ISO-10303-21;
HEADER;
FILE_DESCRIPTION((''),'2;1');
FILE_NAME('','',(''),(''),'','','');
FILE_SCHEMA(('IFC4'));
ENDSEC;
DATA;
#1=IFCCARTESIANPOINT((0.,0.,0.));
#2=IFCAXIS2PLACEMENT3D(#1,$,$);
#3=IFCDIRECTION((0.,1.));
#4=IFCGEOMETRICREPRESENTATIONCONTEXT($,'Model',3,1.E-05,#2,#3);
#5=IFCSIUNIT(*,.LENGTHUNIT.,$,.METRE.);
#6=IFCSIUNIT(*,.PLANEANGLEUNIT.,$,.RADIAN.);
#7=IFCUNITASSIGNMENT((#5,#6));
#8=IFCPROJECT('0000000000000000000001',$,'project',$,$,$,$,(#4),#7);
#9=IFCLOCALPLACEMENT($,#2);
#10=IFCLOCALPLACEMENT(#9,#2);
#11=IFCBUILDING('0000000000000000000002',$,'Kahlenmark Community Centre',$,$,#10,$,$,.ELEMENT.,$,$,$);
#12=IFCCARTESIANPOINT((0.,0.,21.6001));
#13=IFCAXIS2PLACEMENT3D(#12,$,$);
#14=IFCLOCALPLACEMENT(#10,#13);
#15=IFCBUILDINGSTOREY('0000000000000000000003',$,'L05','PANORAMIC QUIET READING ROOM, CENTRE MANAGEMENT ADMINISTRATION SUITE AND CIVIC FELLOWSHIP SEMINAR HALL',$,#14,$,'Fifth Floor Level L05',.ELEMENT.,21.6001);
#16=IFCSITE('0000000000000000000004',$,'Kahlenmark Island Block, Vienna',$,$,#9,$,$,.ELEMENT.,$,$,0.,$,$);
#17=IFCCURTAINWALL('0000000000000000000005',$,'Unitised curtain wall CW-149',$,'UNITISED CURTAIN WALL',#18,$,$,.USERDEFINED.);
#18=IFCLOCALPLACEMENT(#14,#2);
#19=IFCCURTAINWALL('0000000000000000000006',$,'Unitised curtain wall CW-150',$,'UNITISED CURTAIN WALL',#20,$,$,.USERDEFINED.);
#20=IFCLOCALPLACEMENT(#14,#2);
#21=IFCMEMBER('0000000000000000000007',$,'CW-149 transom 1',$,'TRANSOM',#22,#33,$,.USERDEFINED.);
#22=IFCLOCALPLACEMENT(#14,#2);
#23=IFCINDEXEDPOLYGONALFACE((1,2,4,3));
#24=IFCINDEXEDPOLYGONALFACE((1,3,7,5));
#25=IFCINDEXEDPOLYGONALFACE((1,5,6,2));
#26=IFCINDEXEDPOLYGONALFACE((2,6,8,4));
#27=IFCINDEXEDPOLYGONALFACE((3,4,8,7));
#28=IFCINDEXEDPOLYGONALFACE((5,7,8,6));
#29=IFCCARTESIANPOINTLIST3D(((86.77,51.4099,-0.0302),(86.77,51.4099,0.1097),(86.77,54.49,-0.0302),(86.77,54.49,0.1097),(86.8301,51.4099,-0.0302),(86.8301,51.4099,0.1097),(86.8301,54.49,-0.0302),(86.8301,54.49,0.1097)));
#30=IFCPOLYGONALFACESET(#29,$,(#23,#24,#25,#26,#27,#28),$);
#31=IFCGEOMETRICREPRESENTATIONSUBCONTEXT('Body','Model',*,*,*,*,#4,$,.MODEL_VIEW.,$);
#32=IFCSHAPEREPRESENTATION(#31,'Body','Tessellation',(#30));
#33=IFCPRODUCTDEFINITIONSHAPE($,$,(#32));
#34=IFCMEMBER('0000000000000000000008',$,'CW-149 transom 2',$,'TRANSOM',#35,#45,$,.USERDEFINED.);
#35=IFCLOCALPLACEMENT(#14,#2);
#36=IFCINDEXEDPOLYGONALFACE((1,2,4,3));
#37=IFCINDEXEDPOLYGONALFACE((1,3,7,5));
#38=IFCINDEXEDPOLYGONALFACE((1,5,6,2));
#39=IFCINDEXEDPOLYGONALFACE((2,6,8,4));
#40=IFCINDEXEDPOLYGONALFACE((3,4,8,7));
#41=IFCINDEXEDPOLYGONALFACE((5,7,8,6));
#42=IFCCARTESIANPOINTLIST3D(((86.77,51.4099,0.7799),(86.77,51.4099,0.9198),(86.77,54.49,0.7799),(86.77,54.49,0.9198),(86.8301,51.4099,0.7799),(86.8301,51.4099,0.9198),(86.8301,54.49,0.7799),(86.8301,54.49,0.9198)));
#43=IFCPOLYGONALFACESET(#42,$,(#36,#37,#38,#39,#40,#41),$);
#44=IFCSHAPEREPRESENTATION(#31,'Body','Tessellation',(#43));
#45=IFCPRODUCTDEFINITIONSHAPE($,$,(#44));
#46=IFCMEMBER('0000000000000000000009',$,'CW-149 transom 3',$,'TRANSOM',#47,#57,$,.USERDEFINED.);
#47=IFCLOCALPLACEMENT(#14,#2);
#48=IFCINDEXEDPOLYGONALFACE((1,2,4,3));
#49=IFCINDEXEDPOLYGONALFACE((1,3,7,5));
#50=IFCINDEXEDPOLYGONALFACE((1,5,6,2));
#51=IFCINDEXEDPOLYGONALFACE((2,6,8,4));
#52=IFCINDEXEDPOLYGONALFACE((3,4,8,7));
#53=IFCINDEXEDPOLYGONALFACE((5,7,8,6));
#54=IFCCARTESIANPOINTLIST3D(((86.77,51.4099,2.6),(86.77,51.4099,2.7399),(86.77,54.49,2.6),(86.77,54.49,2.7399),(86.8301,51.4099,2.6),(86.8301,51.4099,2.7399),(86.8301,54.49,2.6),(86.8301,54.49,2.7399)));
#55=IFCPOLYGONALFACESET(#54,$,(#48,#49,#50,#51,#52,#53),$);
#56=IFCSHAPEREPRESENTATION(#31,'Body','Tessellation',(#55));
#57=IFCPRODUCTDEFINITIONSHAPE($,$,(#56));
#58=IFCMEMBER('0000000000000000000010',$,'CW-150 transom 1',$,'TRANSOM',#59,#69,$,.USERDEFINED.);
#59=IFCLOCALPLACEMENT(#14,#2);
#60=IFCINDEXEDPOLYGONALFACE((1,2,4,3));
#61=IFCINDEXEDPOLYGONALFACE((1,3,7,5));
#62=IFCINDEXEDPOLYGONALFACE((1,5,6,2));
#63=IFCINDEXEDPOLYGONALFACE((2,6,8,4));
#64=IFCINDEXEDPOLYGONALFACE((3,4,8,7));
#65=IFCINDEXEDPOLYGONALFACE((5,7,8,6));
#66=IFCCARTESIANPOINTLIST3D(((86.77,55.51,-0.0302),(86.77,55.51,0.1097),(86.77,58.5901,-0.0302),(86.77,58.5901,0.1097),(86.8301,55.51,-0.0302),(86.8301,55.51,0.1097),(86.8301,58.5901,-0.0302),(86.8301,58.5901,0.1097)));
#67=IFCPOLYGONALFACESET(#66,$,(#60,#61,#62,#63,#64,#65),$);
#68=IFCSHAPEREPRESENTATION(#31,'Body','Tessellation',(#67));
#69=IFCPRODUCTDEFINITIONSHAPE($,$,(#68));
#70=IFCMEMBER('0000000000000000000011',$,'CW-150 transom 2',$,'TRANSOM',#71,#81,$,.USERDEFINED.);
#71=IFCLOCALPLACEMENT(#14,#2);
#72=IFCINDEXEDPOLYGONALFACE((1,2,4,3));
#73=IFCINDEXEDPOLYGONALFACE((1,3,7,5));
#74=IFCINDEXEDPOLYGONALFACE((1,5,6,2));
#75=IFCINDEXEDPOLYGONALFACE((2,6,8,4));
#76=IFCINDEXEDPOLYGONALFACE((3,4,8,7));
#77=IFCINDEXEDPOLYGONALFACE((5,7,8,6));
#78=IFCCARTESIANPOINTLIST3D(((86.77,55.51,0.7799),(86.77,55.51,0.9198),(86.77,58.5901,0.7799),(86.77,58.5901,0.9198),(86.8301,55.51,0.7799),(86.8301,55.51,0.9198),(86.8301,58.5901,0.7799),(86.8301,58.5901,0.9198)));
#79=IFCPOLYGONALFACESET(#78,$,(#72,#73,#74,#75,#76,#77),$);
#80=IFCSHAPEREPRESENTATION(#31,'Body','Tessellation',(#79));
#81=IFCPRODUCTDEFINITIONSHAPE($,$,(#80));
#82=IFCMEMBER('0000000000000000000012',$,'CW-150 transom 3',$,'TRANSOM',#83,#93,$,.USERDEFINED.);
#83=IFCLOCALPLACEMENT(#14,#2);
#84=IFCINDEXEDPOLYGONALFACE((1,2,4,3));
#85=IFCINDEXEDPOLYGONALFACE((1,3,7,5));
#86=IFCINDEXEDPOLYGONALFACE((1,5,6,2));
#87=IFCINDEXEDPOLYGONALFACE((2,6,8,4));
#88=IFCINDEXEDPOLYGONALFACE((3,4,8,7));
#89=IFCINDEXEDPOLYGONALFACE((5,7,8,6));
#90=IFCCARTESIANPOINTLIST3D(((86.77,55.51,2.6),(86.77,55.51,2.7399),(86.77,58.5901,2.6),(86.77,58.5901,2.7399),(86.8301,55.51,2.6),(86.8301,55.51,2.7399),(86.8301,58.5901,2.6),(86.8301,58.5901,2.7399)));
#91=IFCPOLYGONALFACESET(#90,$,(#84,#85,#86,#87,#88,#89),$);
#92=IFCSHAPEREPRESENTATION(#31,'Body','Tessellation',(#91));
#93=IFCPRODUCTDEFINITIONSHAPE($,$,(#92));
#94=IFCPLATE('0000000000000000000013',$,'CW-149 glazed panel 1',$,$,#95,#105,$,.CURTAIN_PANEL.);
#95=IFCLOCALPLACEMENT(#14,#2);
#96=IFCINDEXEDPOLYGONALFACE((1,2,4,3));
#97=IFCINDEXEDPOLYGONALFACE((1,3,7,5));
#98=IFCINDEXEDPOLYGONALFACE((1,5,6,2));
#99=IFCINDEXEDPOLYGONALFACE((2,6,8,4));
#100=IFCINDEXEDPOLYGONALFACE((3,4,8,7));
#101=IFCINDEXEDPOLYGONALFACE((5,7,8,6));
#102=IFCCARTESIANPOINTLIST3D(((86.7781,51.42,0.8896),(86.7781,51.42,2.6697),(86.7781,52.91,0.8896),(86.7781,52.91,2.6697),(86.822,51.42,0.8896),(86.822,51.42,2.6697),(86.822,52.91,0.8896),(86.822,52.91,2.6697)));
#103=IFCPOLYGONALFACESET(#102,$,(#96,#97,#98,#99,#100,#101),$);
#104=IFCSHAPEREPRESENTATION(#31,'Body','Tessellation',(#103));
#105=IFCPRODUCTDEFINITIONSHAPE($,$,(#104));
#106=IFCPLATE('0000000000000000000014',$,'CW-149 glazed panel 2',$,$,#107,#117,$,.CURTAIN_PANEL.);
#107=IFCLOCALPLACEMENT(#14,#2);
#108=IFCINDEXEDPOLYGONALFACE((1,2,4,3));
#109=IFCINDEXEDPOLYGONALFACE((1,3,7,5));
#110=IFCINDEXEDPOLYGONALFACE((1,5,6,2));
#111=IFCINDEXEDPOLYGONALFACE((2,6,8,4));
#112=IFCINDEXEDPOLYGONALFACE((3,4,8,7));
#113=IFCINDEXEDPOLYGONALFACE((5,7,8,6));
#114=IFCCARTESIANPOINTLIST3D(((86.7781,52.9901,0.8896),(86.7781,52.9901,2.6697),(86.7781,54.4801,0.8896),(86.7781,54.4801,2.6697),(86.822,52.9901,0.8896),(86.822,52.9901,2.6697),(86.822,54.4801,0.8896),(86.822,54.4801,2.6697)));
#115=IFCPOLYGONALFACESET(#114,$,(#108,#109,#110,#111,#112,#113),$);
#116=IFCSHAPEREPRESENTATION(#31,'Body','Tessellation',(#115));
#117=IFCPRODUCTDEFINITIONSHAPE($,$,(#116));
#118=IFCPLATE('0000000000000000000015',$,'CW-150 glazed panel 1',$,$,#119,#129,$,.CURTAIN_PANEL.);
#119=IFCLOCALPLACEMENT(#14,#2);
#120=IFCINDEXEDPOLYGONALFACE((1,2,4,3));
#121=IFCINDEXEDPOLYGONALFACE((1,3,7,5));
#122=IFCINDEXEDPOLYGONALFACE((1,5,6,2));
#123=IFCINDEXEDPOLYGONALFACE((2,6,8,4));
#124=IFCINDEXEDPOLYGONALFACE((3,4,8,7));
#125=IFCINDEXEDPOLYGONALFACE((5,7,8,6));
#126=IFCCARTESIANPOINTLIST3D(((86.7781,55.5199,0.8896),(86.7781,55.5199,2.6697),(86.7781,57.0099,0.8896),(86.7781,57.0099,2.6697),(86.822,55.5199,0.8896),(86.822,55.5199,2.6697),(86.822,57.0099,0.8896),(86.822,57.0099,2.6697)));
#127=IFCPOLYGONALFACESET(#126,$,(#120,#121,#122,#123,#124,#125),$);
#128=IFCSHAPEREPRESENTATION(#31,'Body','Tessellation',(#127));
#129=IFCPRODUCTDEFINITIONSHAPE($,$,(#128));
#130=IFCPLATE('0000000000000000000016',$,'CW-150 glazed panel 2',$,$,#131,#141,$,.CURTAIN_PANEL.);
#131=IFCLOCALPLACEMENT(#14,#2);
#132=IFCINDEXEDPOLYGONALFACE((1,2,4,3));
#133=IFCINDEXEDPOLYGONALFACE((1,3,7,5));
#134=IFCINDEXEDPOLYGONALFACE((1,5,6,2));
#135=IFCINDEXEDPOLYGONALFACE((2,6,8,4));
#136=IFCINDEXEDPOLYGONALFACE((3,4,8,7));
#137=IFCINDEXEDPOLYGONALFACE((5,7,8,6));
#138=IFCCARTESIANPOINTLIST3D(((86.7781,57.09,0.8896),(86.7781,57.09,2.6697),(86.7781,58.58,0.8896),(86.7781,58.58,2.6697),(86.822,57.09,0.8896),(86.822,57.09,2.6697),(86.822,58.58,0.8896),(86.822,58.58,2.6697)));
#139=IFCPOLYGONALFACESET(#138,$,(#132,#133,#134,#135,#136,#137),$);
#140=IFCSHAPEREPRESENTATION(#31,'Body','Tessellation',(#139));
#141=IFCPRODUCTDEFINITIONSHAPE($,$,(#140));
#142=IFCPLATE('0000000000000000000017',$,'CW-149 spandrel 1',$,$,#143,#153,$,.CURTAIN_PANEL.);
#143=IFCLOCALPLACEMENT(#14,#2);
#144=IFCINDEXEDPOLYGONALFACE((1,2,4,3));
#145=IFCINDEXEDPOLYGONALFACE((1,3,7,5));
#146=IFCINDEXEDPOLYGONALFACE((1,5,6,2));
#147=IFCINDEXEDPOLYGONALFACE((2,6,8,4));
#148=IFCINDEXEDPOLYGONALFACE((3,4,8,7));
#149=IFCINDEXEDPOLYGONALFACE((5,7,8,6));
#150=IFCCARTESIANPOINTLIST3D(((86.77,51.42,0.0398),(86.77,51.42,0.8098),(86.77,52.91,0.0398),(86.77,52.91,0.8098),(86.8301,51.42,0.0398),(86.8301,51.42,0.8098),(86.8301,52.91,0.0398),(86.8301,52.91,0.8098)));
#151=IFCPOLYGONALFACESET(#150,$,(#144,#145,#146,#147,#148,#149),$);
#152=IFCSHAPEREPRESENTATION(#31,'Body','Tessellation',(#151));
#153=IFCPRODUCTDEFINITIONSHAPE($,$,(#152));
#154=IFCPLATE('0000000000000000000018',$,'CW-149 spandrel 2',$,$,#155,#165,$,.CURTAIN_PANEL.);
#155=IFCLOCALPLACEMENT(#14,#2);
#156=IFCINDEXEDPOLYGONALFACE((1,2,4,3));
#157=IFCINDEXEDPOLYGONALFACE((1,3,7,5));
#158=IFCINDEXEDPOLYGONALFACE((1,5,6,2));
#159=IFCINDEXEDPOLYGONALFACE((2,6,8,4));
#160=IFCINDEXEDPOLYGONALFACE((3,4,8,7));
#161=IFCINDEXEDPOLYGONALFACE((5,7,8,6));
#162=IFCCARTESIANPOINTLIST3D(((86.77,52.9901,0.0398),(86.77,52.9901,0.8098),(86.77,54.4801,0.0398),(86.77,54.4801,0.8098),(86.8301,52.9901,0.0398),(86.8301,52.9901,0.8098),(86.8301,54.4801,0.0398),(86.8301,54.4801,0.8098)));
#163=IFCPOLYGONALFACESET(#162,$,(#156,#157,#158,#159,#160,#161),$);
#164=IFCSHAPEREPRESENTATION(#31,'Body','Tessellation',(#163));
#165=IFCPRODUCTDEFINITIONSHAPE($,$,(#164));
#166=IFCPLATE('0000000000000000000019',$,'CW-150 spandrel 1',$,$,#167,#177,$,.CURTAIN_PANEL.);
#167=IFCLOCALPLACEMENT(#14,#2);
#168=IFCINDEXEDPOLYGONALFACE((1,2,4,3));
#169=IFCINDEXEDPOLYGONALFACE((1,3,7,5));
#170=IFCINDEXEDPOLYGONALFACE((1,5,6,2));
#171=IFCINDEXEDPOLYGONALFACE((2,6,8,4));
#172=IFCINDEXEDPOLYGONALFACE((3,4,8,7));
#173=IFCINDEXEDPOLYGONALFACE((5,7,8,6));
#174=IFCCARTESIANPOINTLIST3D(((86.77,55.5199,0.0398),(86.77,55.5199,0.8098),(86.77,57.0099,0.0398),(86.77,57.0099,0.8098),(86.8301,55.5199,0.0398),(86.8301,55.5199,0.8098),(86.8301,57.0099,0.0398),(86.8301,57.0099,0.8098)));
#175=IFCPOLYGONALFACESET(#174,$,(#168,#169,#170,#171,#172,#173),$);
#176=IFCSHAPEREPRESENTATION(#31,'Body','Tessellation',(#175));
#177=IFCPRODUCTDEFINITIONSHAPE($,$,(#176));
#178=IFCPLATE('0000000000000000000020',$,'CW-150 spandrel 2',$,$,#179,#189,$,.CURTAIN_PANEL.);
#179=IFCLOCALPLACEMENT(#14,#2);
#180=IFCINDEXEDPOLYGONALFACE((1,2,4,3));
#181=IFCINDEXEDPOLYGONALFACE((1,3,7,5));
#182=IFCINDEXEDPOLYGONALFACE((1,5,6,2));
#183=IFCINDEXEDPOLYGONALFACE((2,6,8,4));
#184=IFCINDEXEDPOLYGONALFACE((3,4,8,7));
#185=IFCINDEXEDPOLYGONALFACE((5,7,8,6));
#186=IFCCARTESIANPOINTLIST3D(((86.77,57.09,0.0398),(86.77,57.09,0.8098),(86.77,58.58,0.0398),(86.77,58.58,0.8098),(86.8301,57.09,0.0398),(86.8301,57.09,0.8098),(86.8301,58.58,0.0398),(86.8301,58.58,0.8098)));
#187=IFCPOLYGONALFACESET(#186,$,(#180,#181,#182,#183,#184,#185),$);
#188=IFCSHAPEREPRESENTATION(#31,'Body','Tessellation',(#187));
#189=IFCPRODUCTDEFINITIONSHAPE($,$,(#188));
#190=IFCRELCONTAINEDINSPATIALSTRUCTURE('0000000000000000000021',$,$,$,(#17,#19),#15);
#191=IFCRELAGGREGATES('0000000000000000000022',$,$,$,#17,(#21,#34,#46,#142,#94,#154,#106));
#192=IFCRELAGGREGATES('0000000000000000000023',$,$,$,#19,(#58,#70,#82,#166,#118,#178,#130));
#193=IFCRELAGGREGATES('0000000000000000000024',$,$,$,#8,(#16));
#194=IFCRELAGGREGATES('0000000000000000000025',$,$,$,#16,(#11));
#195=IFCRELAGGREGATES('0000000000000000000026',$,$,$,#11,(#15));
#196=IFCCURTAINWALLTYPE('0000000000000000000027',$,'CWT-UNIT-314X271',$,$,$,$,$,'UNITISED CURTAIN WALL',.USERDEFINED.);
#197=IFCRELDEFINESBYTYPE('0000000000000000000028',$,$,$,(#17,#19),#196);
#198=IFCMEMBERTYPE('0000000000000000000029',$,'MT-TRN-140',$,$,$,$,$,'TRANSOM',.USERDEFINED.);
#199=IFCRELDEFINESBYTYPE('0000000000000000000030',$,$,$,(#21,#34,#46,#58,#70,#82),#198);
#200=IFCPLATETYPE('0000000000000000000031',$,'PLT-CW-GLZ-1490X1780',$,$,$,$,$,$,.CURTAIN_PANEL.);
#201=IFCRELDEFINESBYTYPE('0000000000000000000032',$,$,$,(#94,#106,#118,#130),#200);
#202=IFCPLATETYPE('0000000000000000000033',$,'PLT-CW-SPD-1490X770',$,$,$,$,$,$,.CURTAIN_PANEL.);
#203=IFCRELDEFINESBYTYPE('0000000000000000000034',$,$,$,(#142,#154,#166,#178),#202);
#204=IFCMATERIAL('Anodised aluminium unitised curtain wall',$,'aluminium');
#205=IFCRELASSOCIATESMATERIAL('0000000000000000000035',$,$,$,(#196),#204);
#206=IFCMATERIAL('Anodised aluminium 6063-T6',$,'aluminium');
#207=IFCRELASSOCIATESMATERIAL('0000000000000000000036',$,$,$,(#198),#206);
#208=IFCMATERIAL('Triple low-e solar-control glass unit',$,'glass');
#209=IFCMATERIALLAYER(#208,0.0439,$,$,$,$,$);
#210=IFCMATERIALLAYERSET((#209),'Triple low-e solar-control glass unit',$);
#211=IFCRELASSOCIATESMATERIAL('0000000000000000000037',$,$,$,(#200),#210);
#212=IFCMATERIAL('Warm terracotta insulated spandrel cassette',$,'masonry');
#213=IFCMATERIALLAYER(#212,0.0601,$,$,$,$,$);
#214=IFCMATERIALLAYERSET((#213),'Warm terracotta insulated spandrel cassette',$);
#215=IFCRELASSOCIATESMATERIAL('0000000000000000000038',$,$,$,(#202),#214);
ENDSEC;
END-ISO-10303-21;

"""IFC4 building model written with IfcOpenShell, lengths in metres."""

from ifc_helpers import new_model, si_unit, direction, frame, origin, origin_2d, place, context, subcontext, project, spatial, rectangle, extrude, material, layer, layer_set, material_profile, profile_set, type_object, element, aggregate, save


model = new_model("IFC4")

# Units and contexts
model_context = context("Model", 3, precision=1e-05, world=origin(), true_north=direction((0.0, 1.0)))
body_context = subcontext(model_context, "Body", "Model", "MODEL_VIEW")
ifc_project = project(units=[si_unit("LENGTHUNIT", "METRE"), si_unit("PLANEANGLEUNIT", "RADIAN")], contexts=[model_context])

# Site, building, storey
site_placement = place(None, origin())
site = spatial("IfcSite", under=ifc_project, at=site_placement, Name="Kahlenmark Island Block, Vienna", CompositionType="ELEMENT", RefElevation=0.0)
building_placement = place(site_placement, origin())
building = spatial("IfcBuilding", under=site, at=building_placement, Name="Kahlenmark Community Centre", CompositionType="ELEMENT")
storey_placement = place(building_placement, frame((0.0, 0.0, 21.6001)))
storey = spatial("IfcBuildingStorey", under=building, at=storey_placement, Name="L05", Description="PANORAMIC QUIET READING ROOM, CENTRE MANAGEMENT ADMINISTRATION SUITE AND CIVIC FELLOWSHIP SEMINAR HALL", LongName="Fifth Floor Level L05", CompositionType="ELEMENT", Elevation=21.6001)

# Curtain walls
ifc_material_1 = material(Name="Anodised aluminium unitised curtain wall", Category="aluminium")
curtain_wall_type = type_object("IfcCurtainWallType", Name="CWT-UNIT-314X271", ElementType="UNITISED CURTAIN WALL", PredefinedType="USERDEFINED", material=ifc_material_1)
curtain_wall_1_placement = place(storey_placement, origin())
curtain_wall_1 = element("IfcCurtainWall", 1, at=curtain_wall_1_placement, inside=storey, type_object=curtain_wall_type, Name="Unitised curtain wall CW-149", ObjectType="UNITISED CURTAIN WALL", PredefinedType="USERDEFINED")
ifc_material_2 = material(Name="Anodised aluminium 6063-T6", Category="aluminium")
curtain_wall_2_placement = place(storey_placement, origin())
curtain_wall_2 = element("IfcCurtainWall", 2, at=curtain_wall_2_placement, inside=storey, type_object=curtain_wall_type, Name="Unitised curtain wall CW-150", ObjectType="UNITISED CURTAIN WALL", PredefinedType="USERDEFINED")

# Members
ifc_material_profile_1 = material_profile(ifc_material_2, rectangle(XDim=0.0601, YDim=0.1399, at=origin_2d()), Name="ALU TRANSOM 60x140")
ifc_profile_set_1 = profile_set([ifc_material_profile_1], Name="Anodised aluminium 6063-T6")
member_type_1 = type_object("IfcMemberType", Name="MT-TRN-140", ElementType="TRANSOM", PredefinedType="USERDEFINED", material=ifc_profile_set_1)
member_1_placement = place(storey_placement, frame((86.8, 51.4099, 0.0398), z_axis=(0.0, 1.0, 0.0), x_axis=(-1.0, 0.0, 0.0)))
member_1 = element("IfcMember", 3, at=member_1_placement, type_object=member_type_1, Name="CW-149 transom 1", ObjectType="TRANSOM", PredefinedType="USERDEFINED", context=body_context, shape_type="SweptSolid", body=[
    extrude(rectangle(XDim=0.0601, YDim=0.1399, at=origin_2d()), origin(), (0.0, 0.0, 1.0), 3.0801),
])
member_2_placement = place(storey_placement, frame((86.8, 51.4099, 0.8499), z_axis=(0.0, 1.0, 0.0), x_axis=(-1.0, 0.0, 0.0)))
member_2 = element("IfcMember", 4, at=member_2_placement, type_object=member_type_1, Name="CW-149 transom 2", ObjectType="TRANSOM", PredefinedType="USERDEFINED", context=body_context, shape_type="SweptSolid", body=[
    extrude(rectangle(XDim=0.0601, YDim=0.1399, at=origin_2d()), origin(), (0.0, 0.0, 1.0), 3.0801),
])
member_3_placement = place(storey_placement, frame((86.8, 51.4099, 2.6699), z_axis=(0.0, 1.0, 0.0), x_axis=(-1.0, 0.0, 0.0)))
member_3 = element("IfcMember", 5, at=member_3_placement, type_object=member_type_1, Name="CW-149 transom 3", ObjectType="TRANSOM", PredefinedType="USERDEFINED", context=body_context, shape_type="SweptSolid", body=[
    extrude(rectangle(XDim=0.0601, YDim=0.1399, at=origin_2d()), origin(), (0.0, 0.0, 1.0), 3.0801),
])
member_4_placement = place(storey_placement, frame((86.8, 55.51, 0.0398), z_axis=(0.0, 1.0, 0.0), x_axis=(-1.0, 0.0, 0.0)))
member_4 = element("IfcMember", 6, at=member_4_placement, type_object=member_type_1, Name="CW-150 transom 1", ObjectType="TRANSOM", PredefinedType="USERDEFINED", context=body_context, shape_type="SweptSolid", body=[
    extrude(rectangle(XDim=0.0601, YDim=0.1399, at=origin_2d()), origin(), (0.0, 0.0, 1.0), 3.0801),
])
member_5_placement = place(storey_placement, frame((86.8, 55.51, 0.8499), z_axis=(0.0, 1.0, 0.0), x_axis=(-1.0, 0.0, 0.0)))
member_5 = element("IfcMember", 7, at=member_5_placement, type_object=member_type_1, Name="CW-150 transom 2", ObjectType="TRANSOM", PredefinedType="USERDEFINED", context=body_context, shape_type="SweptSolid", body=[
    extrude(rectangle(XDim=0.0601, YDim=0.1399, at=origin_2d()), origin(), (0.0, 0.0, 1.0), 3.0801),
])
member_6_placement = place(storey_placement, frame((86.8, 55.51, 2.6699), z_axis=(0.0, 1.0, 0.0), x_axis=(-1.0, 0.0, 0.0)))
member_6 = element("IfcMember", 8, at=member_6_placement, type_object=member_type_1, Name="CW-150 transom 3", ObjectType="TRANSOM", PredefinedType="USERDEFINED", context=body_context, shape_type="SweptSolid", body=[
    extrude(rectangle(XDim=0.0601, YDim=0.1399, at=origin_2d()), origin(), (0.0, 0.0, 1.0), 3.0801),
])

# Plates
ifc_material_3 = material(Name="Triple low-e solar-control glass unit", Category="glass")
ifc_layer_1 = layer(ifc_material_3, 0.0439)
ifc_layer_set_1 = layer_set([ifc_layer_1], Name="Triple low-e solar-control glass unit")
plate_type_1 = type_object("IfcPlateType", Name="PLT-CW-GLZ-1490X1780", PredefinedType="CURTAIN_PANEL", material=ifc_layer_set_1)
plate_1_placement = place(storey_placement, frame((86.8, 52.165, 0.8896), z_axis=(0.0, 0.0, 1.0), x_axis=(0.0, 1.0, 0.0)))
plate_1 = element("IfcPlate", 9, at=plate_1_placement, type_object=plate_type_1, Name="CW-149 glazed panel 1", PredefinedType="CURTAIN_PANEL", context=body_context, shape_type="SweptSolid", body=[
    extrude(rectangle(XDim=1.49, YDim=0.0439, at=origin_2d()), origin(), (0.0, 0.0, 1.0), 1.78),
])
plate_2_placement = place(storey_placement, frame((86.8, 53.7351, 0.8896), z_axis=(0.0, 0.0, 1.0), x_axis=(0.0, 1.0, 0.0)))
plate_2 = element("IfcPlate", 10, at=plate_2_placement, type_object=plate_type_1, Name="CW-149 glazed panel 2", PredefinedType="CURTAIN_PANEL", context=body_context, shape_type="SweptSolid", body=[
    extrude(rectangle(XDim=1.49, YDim=0.0439, at=origin_2d()), origin(), (0.0, 0.0, 1.0), 1.78),
])
plate_3_placement = place(storey_placement, frame((86.8, 56.2649, 0.8896), z_axis=(0.0, 0.0, 1.0), x_axis=(0.0, 1.0, 0.0)))
plate_3 = element("IfcPlate", 11, at=plate_3_placement, type_object=plate_type_1, Name="CW-150 glazed panel 1", PredefinedType="CURTAIN_PANEL", context=body_context, shape_type="SweptSolid", body=[
    extrude(rectangle(XDim=1.49, YDim=0.0439, at=origin_2d()), origin(), (0.0, 0.0, 1.0), 1.78),
])
plate_4_placement = place(storey_placement, frame((86.8, 57.835, 0.8896), z_axis=(0.0, 0.0, 1.0), x_axis=(0.0, 1.0, 0.0)))
plate_4 = element("IfcPlate", 12, at=plate_4_placement, type_object=plate_type_1, Name="CW-150 glazed panel 2", PredefinedType="CURTAIN_PANEL", context=body_context, shape_type="SweptSolid", body=[
    extrude(rectangle(XDim=1.49, YDim=0.0439, at=origin_2d()), origin(), (0.0, 0.0, 1.0), 1.78),
])
ifc_material_4 = material(Name="Warm terracotta insulated spandrel cassette", Category="masonry")
ifc_layer_2 = layer(ifc_material_4, 0.0601)
ifc_layer_set_2 = layer_set([ifc_layer_2], Name="Warm terracotta insulated spandrel cassette")
plate_type_2 = type_object("IfcPlateType", Name="PLT-CW-SPD-1490X770", PredefinedType="CURTAIN_PANEL", material=ifc_layer_set_2)
plate_5_placement = place(storey_placement, frame((86.8, 52.165, 0.0398), z_axis=(0.0, 0.0, 1.0), x_axis=(0.0, 1.0, 0.0)))
plate_5 = element("IfcPlate", 13, at=plate_5_placement, type_object=plate_type_2, Name="CW-149 spandrel 1", PredefinedType="CURTAIN_PANEL", context=body_context, shape_type="SweptSolid", body=[
    extrude(rectangle(XDim=1.49, YDim=0.0601, at=origin_2d()), origin(), (0.0, 0.0, 1.0), 0.77),
])
plate_6_placement = place(storey_placement, frame((86.8, 53.7351, 0.0398), z_axis=(0.0, 0.0, 1.0), x_axis=(0.0, 1.0, 0.0)))
plate_6 = element("IfcPlate", 14, at=plate_6_placement, type_object=plate_type_2, Name="CW-149 spandrel 2", PredefinedType="CURTAIN_PANEL", context=body_context, shape_type="SweptSolid", body=[
    extrude(rectangle(XDim=1.49, YDim=0.0601, at=origin_2d()), origin(), (0.0, 0.0, 1.0), 0.77),
])
aggregate(curtain_wall_1, [member_1, member_2, member_3, plate_5, plate_1, plate_6, plate_2])
plate_7_placement = place(storey_placement, frame((86.8, 56.2649, 0.0398), z_axis=(0.0, 0.0, 1.0), x_axis=(0.0, 1.0, 0.0)))
plate_7 = element("IfcPlate", 15, at=plate_7_placement, type_object=plate_type_2, Name="CW-150 spandrel 1", PredefinedType="CURTAIN_PANEL", context=body_context, shape_type="SweptSolid", body=[
    extrude(rectangle(XDim=1.49, YDim=0.0601, at=origin_2d()), origin(), (0.0, 0.0, 1.0), 0.77),
])
plate_8_placement = place(storey_placement, frame((86.8, 57.835, 0.0398), z_axis=(0.0, 0.0, 1.0), x_axis=(0.0, 1.0, 0.0)))
plate_8 = element("IfcPlate", 16, at=plate_8_placement, type_object=plate_type_2, Name="CW-150 spandrel 2", PredefinedType="CURTAIN_PANEL", context=body_context, shape_type="SweptSolid", body=[
    extrude(rectangle(XDim=1.49, YDim=0.0601, at=origin_2d()), origin(), (0.0, 0.0, 1.0), 0.77),
])
aggregate(curtain_wall_2, [member_4, member_5, member_6, plate_7, plate_3, plate_8, plate_4])

save(model, "model.ifc")
